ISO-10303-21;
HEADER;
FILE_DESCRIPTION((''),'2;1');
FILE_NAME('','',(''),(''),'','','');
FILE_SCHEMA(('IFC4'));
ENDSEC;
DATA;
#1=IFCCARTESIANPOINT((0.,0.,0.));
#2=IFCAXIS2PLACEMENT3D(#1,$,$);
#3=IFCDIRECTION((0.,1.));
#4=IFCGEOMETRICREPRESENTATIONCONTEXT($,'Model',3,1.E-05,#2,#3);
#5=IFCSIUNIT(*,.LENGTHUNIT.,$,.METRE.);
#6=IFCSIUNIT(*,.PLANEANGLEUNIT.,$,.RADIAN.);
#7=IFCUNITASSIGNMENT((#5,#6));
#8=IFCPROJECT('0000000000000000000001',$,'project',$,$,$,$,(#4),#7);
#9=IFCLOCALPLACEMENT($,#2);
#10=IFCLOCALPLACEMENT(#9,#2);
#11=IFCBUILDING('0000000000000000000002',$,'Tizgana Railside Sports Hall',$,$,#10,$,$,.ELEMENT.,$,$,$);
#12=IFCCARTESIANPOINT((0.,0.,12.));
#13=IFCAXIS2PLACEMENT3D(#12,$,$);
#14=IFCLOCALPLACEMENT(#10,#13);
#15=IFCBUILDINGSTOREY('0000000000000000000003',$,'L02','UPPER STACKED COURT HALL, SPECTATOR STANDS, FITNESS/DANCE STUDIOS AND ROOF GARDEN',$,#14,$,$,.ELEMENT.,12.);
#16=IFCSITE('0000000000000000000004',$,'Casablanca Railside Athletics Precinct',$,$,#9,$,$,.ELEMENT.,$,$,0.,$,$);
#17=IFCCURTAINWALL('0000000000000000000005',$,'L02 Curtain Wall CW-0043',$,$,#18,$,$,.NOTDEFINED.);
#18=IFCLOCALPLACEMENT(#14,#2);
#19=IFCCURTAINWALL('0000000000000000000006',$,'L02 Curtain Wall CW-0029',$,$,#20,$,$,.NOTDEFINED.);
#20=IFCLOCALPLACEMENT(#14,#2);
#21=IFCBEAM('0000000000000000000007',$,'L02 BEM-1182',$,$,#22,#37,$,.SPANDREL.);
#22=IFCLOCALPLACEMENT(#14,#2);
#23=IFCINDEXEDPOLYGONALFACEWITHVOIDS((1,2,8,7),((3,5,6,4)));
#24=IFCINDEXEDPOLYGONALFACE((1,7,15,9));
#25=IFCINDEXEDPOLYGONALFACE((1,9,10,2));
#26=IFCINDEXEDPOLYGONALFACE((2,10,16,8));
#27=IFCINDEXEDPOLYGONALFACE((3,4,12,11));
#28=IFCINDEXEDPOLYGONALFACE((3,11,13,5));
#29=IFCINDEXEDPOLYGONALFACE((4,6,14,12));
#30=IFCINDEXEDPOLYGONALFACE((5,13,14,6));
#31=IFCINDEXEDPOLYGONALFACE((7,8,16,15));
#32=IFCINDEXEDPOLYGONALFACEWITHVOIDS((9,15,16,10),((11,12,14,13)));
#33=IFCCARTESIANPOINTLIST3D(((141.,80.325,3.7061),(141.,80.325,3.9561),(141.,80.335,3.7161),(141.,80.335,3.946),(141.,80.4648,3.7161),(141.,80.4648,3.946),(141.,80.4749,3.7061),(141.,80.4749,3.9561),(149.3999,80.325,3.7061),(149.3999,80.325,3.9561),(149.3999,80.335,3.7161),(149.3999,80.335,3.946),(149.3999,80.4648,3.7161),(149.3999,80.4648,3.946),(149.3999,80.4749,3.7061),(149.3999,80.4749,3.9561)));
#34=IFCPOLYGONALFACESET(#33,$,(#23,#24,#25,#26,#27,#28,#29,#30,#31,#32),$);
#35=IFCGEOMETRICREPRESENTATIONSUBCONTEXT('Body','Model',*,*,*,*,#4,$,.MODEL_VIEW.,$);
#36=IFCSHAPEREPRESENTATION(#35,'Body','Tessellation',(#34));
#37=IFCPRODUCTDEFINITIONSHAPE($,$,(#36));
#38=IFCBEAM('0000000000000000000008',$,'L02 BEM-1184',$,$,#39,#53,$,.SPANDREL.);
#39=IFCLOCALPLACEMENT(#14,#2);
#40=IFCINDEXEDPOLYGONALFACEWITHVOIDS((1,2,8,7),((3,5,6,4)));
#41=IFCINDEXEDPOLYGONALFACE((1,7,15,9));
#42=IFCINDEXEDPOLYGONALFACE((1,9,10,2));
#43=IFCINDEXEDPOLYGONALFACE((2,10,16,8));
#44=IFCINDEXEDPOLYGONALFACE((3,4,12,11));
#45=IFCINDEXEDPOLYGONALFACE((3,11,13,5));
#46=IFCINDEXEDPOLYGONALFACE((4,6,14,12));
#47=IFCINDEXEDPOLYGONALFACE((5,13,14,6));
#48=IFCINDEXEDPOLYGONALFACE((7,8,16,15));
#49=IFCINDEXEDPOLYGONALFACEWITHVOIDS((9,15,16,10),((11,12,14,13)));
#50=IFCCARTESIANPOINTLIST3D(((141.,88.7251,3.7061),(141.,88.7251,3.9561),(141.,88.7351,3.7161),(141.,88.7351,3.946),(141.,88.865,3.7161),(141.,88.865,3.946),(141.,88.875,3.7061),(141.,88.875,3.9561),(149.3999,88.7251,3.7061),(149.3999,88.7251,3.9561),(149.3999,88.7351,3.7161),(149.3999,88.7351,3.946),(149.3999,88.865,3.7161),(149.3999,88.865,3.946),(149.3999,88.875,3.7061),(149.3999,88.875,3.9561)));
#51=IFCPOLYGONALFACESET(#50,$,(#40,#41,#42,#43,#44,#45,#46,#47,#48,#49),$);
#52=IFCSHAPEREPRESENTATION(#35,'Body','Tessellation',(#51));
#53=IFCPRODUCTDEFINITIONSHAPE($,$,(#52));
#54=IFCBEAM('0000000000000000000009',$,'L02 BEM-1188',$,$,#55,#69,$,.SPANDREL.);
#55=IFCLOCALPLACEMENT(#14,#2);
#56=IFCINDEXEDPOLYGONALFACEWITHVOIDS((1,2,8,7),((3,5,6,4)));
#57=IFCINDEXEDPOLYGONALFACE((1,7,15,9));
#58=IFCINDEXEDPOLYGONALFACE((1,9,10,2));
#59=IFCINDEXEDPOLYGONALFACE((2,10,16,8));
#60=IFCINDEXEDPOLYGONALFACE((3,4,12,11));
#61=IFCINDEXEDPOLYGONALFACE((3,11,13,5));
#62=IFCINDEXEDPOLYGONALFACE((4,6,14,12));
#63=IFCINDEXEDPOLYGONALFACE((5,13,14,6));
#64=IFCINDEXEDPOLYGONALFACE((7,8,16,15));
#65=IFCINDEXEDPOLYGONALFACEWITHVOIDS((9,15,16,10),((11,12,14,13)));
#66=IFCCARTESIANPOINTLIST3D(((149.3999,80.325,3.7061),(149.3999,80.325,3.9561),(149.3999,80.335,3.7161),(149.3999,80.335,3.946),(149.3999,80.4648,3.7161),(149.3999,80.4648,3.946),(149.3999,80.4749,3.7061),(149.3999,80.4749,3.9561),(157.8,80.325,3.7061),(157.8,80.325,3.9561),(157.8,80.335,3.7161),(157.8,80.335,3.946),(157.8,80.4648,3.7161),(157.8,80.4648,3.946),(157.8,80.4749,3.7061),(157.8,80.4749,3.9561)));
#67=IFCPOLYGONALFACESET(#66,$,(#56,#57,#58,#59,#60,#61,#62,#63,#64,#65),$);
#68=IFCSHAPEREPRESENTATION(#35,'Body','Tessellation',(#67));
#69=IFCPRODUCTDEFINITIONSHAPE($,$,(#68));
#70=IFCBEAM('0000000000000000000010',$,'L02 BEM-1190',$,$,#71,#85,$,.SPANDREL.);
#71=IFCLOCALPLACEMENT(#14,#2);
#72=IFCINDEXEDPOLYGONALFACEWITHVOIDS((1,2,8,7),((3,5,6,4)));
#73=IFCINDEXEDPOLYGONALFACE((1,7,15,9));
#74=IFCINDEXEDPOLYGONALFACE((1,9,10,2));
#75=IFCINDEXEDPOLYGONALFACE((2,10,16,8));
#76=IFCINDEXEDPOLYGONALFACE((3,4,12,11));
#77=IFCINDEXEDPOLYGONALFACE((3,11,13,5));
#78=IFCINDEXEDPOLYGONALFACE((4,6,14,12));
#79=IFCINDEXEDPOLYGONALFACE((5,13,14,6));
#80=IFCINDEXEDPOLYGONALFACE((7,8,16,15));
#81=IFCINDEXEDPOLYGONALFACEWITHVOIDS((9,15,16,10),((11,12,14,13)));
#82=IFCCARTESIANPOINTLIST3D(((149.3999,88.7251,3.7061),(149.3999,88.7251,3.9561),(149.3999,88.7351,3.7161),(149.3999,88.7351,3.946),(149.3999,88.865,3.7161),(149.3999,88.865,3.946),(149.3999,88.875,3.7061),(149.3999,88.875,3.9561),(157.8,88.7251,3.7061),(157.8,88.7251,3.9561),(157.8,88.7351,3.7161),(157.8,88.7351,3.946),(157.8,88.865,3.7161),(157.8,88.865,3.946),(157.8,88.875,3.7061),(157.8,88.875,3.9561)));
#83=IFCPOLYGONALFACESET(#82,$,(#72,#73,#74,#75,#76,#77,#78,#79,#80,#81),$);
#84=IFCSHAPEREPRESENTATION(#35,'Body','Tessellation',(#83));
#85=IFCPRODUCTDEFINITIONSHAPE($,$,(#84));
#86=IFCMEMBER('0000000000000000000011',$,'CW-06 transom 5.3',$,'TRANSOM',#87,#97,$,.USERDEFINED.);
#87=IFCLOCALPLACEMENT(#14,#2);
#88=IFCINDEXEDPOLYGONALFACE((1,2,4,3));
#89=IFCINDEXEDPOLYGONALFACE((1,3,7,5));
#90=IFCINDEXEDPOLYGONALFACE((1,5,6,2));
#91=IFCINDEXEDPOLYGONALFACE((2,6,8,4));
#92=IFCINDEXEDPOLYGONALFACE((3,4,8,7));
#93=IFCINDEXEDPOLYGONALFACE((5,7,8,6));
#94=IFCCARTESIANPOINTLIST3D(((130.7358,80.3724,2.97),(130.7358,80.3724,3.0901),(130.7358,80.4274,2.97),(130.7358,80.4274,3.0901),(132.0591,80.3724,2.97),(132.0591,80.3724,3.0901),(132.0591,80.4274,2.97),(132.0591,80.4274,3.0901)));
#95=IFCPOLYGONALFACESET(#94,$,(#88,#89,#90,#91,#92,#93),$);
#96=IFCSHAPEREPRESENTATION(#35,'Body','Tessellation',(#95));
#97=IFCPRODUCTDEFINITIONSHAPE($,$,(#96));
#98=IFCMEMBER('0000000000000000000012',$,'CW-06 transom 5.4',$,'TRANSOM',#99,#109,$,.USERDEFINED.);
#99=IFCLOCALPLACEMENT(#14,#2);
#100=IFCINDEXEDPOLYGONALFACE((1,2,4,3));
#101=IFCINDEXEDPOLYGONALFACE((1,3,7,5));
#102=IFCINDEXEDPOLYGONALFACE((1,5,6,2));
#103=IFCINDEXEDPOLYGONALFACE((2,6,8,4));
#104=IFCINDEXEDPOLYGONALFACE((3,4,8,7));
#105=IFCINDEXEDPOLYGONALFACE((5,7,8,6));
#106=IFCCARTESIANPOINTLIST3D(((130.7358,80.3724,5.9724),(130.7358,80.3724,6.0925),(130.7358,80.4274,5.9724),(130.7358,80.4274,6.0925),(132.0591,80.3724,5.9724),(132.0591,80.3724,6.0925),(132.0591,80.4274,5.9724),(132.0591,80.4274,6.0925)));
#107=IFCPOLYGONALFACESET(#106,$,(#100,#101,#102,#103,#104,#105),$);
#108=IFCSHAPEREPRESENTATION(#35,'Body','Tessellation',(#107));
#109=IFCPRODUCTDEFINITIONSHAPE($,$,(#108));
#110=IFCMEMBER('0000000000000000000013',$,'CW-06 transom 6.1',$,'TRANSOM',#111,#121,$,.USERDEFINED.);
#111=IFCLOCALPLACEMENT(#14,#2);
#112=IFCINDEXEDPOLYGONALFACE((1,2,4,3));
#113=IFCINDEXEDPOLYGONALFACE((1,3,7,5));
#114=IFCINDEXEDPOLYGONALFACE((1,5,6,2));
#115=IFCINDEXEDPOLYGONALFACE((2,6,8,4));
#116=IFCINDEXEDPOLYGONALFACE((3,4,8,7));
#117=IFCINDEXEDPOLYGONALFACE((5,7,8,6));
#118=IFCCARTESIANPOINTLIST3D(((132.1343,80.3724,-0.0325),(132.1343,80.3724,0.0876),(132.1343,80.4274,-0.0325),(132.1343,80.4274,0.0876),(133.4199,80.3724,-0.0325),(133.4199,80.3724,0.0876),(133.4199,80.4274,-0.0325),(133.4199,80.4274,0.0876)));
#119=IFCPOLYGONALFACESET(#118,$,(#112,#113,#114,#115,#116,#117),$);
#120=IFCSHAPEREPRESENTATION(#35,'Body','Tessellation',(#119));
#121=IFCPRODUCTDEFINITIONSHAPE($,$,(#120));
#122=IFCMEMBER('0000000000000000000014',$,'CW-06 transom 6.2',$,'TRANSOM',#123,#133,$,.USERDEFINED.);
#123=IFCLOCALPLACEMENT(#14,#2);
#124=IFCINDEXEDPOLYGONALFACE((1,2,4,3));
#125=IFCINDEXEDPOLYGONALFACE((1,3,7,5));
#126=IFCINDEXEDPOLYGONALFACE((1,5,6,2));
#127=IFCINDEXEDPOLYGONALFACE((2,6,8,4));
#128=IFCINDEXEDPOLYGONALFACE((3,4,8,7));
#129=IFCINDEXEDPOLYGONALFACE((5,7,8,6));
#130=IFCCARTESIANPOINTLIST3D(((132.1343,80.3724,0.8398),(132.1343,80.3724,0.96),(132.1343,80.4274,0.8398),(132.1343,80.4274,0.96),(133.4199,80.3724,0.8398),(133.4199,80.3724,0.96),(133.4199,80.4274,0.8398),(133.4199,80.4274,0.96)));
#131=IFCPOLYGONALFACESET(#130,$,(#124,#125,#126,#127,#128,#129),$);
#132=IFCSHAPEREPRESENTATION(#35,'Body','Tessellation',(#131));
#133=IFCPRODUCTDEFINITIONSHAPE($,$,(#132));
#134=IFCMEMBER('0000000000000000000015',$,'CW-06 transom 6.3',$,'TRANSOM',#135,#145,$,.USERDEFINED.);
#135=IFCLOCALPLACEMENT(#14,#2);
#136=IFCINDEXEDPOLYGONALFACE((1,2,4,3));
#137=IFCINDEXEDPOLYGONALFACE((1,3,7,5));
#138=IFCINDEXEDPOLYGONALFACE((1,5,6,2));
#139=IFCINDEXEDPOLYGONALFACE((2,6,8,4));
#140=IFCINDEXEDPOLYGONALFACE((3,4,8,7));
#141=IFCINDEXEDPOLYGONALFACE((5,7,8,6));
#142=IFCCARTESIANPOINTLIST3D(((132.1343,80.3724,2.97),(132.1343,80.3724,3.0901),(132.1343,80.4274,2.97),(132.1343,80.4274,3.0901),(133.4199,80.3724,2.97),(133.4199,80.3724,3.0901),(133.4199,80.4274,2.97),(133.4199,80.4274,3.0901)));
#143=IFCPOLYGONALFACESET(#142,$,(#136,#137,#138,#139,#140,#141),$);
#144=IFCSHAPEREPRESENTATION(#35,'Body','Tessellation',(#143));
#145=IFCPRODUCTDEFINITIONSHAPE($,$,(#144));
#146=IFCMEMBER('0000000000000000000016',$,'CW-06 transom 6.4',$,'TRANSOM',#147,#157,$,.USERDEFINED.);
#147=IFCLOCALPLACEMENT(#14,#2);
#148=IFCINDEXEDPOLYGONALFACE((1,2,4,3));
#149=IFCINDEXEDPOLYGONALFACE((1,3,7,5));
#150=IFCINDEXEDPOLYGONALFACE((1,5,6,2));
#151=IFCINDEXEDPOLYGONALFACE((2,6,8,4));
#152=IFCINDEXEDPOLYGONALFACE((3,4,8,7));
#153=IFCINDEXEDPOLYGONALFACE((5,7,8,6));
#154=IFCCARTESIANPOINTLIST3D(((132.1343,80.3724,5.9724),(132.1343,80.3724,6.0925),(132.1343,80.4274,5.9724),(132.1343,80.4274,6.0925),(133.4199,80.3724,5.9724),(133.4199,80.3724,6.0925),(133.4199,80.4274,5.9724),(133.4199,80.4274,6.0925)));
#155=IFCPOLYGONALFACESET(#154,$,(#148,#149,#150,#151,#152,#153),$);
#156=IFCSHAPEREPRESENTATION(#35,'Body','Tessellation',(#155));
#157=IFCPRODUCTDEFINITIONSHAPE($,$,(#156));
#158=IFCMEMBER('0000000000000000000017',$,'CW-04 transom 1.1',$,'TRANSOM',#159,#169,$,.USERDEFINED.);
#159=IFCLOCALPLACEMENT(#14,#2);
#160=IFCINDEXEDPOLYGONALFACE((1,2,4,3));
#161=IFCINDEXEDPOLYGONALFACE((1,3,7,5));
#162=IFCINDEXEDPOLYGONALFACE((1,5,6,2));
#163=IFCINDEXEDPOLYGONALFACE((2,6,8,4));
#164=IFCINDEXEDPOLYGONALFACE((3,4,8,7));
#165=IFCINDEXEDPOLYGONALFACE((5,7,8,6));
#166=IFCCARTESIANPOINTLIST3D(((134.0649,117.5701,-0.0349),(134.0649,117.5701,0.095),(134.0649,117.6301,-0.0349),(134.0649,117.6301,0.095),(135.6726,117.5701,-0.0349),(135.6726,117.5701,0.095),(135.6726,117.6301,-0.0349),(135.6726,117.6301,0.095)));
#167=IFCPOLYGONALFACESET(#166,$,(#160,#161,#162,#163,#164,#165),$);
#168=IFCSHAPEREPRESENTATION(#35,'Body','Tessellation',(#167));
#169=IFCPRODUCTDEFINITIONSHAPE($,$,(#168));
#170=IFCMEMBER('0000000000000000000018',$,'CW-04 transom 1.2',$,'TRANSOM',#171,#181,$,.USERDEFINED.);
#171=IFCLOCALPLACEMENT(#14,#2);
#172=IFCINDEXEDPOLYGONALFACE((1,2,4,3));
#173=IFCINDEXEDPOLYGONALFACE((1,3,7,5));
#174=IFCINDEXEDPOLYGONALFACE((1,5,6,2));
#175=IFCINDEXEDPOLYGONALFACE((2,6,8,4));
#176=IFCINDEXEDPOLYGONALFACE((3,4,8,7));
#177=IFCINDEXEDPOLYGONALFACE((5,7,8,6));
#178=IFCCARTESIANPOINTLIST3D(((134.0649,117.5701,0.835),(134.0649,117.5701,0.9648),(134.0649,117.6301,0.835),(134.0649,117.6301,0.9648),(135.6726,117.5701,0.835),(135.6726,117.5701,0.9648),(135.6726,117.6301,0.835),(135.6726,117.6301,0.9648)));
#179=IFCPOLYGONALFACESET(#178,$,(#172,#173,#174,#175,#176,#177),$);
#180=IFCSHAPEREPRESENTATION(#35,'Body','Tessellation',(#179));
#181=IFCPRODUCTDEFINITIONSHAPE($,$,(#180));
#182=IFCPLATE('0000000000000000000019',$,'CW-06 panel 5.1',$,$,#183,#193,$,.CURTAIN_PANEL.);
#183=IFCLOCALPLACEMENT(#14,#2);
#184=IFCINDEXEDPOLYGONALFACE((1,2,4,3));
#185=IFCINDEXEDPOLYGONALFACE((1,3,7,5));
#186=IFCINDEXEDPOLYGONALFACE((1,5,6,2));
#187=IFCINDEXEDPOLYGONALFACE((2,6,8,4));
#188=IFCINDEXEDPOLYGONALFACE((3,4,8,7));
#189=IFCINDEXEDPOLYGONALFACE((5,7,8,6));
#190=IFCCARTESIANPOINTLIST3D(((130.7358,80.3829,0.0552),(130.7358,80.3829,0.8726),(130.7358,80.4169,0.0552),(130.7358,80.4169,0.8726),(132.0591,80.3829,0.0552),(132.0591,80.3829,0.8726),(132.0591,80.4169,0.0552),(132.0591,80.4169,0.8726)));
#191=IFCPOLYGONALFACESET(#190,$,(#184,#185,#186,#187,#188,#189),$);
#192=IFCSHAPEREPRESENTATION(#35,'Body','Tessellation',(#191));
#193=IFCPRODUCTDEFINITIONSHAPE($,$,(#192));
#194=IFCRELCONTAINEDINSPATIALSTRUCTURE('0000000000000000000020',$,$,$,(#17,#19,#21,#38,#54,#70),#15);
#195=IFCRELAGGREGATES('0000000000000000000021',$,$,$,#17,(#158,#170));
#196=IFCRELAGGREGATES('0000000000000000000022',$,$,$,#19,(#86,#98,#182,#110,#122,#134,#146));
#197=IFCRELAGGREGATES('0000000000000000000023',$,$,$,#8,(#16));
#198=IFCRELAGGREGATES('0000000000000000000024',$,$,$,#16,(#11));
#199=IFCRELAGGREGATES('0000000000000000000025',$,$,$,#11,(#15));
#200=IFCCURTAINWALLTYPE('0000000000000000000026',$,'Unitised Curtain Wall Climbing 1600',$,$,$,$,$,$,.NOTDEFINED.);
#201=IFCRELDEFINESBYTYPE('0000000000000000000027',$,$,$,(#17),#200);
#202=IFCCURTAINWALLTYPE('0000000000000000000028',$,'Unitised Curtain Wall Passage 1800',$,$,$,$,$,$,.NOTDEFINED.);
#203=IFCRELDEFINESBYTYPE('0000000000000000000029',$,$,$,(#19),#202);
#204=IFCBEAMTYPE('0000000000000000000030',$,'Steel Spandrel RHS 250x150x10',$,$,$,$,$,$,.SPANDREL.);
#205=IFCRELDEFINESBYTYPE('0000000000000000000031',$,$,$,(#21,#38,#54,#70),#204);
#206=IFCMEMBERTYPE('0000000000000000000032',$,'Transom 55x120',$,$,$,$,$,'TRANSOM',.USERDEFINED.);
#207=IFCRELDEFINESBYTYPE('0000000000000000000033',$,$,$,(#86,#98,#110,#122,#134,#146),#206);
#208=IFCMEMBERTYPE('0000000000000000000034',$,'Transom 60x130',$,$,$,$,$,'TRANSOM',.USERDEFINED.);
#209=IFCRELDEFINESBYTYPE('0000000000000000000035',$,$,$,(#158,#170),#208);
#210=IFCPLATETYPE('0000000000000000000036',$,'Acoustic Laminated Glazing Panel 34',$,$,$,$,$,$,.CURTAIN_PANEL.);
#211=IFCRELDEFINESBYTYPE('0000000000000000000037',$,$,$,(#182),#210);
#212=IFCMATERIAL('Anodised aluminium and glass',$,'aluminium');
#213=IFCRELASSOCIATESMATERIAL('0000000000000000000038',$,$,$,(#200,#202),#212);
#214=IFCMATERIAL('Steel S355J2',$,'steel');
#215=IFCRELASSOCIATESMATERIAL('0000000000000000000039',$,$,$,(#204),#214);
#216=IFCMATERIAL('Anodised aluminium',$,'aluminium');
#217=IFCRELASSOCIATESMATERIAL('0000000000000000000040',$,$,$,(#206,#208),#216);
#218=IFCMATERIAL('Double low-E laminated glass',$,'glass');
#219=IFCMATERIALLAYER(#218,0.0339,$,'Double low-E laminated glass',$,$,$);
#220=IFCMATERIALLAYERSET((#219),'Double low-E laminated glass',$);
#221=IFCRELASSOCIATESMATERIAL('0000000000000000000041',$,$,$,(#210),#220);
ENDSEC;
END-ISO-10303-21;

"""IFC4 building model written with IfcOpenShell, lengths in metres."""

from ifc_helpers import new_model, si_unit, direction, frame, origin, origin_2d, place, context, subcontext, project, spatial, rectangle, hollow_rectangle, extrude, material, layer, layer_set, material_profile, profile_set, type_object, element, aggregate, save


model = new_model("IFC4")

# Units and contexts
model_context = context("Model", 3, precision=1e-05, world=origin(), true_north=direction((0.0, 1.0)))
body_context = subcontext(model_context, "Body", "Model", "MODEL_VIEW")
ifc_project = project(units=[si_unit("LENGTHUNIT", "METRE"), si_unit("PLANEANGLEUNIT", "RADIAN")], contexts=[model_context])

# Site, building, storey
site_placement = place(None, origin())
site = spatial("IfcSite", under=ifc_project, at=site_placement, Name="Casablanca Railside Athletics Precinct", CompositionType="ELEMENT", RefElevation=0.0)
building_placement = place(site_placement, origin())
building = spatial("IfcBuilding", under=site, at=building_placement, Name="Tizgana Railside Sports Hall", CompositionType="ELEMENT")
storey_placement = place(building_placement, frame((0.0, 0.0, 12.0)))
storey = spatial("IfcBuildingStorey", under=building, at=storey_placement, Name="L02", Description="UPPER STACKED COURT HALL, SPECTATOR STANDS, FITNESS/DANCE STUDIOS AND ROOF GARDEN", CompositionType="ELEMENT", Elevation=12.0)

# Shared definitions
ifc_material_1 = material(Name="Steel S355J2", Category="steel")

# Curtain wall
ifc_material_2 = material(Name="Anodised aluminium and glass", Category="aluminium")
curtain_wall_type_1 = type_object("IfcCurtainWallType", Name="Unitised Curtain Wall Climbing 1600", PredefinedType="NOTDEFINED", material=ifc_material_2)
curtain_wall_1_placement = place(storey_placement, origin())
curtain_wall_1 = element("IfcCurtainWall", 1, at=curtain_wall_1_placement, inside=storey, type_object=curtain_wall_type_1, Name="L02 Curtain Wall CW-0043", PredefinedType="NOTDEFINED")
ifc_material_3 = material(Name="Anodised aluminium", Category="aluminium")

# Curtain wall
curtain_wall_type_2 = type_object("IfcCurtainWallType", Name="Unitised Curtain Wall Passage 1800", PredefinedType="NOTDEFINED", material=ifc_material_2)
curtain_wall_2_placement = place(storey_placement, origin())
curtain_wall_2 = element("IfcCurtainWall", 2, at=curtain_wall_2_placement, inside=storey, type_object=curtain_wall_type_2, Name="L02 Curtain Wall CW-0029", PredefinedType="NOTDEFINED")

# Beams
ifc_material_profile_1 = material_profile(ifc_material_1, hollow_rectangle(XDim=0.1499, YDim=0.25, WallThickness=0.01, at=origin_2d()), Name="RHS 250x150x10")
ifc_profile_set_1 = profile_set([ifc_material_profile_1], Name="Steel S355J2")
beam_type_1 = type_object("IfcBeamType", Name="Steel Spandrel RHS 250x150x10", PredefinedType="SPANDREL", material=ifc_profile_set_1)
for number, where, z_axis, x_axis, name in (
    (3, (141.0, 80.3999, 3.8311), (1.0, 0.0, 0.0), (0.0, 1.0, 0.0), "L02 BEM-1182"),
    (4, (141.0, 88.8, 3.8311), (1.0, 0.0, 0.0), (0.0, 1.0, 0.0), "L02 BEM-1184"),
):
    element("IfcBeam", number, at=place(storey_placement, frame(where, z_axis=z_axis, x_axis=x_axis)), inside=storey, type_object=beam_type_1, Name=name, PredefinedType="SPANDREL", context=body_context, shape_type="SweptSolid", body=[
        extrude(hollow_rectangle(XDim=0.1499, YDim=0.25, WallThickness=0.01, at=origin_2d()), origin(), (0.0, 0.0, 1.0), 8.3999),
    ])
for number, where, z_axis, x_axis, name in (
    (5, (149.3999, 80.3999, 3.8311), (1.0, 0.0, 0.0), (0.0, 1.0, 0.0), "L02 BEM-1188"),
    (6, (149.3999, 88.8, 3.8311), (1.0, 0.0, 0.0), (0.0, 1.0, 0.0), "L02 BEM-1190"),
):
    element("IfcBeam", number, at=place(storey_placement, frame(where, z_axis=z_axis, x_axis=x_axis)), inside=storey, type_object=beam_type_1, Name=name, PredefinedType="SPANDREL", context=body_context, shape_type="SweptSolid", body=[
        extrude(hollow_rectangle(XDim=0.1499, YDim=0.25, WallThickness=0.01, at=origin_2d()), origin(), (0.0, 0.0, 1.0), 8.4001),
    ])

# Members
ifc_material_profile_2 = material_profile(ifc_material_3, rectangle(XDim=0.0549, YDim=0.1201, at=origin_2d()), Name="Transom 55x120")
ifc_profile_set_2 = profile_set([ifc_material_profile_2], Name="Anodised aluminium")
member_type_1 = type_object("IfcMemberType", Name="Transom 55x120", ElementType="TRANSOM", PredefinedType="USERDEFINED", material=ifc_profile_set_2)
member_1_placement = place(storey_placement, frame((130.7358, 80.3999, 3.03), z_axis=(1.0, 0.0, 0.0), x_axis=(0.0, 1.0, 0.0)))
member_1 = element("IfcMember", 7, at=member_1_placement, type_object=member_type_1, Name="CW-06 transom 5.3", ObjectType="TRANSOM", PredefinedType="USERDEFINED", context=body_context, shape_type="SweptSolid", body=[
    extrude(rectangle(XDim=0.0549, YDim=0.1201, at=origin_2d()), origin(), (0.0, 0.0, 1.0), 1.3232),
])
member_2_placement = place(storey_placement, frame((130.7358, 80.3999, 6.0325), z_axis=(1.0, 0.0, 0.0), x_axis=(0.0, 1.0, 0.0)))
member_2 = element("IfcMember", 8, at=member_2_placement, type_object=member_type_1, Name="CW-06 transom 5.4", ObjectType="TRANSOM", PredefinedType="USERDEFINED", context=body_context, shape_type="SweptSolid", body=[
    extrude(rectangle(XDim=0.0549, YDim=0.1201, at=origin_2d()), origin(), (0.0, 0.0, 1.0), 1.3232),
])
member_3_placement = place(storey_placement, frame((132.1343, 80.3999, 0.0276), z_axis=(1.0, 0.0, 0.0), x_axis=(0.0, 1.0, 0.0)))
member_3 = element("IfcMember", 9, at=member_3_placement, type_object=member_type_1, Name="CW-06 transom 6.1", ObjectType="TRANSOM", PredefinedType="USERDEFINED", context=body_context, shape_type="SweptSolid", body=[
    extrude(rectangle(XDim=0.0549, YDim=0.1201, at=origin_2d()), origin(), (0.0, 0.0, 1.0), 1.2856),
])
member_4_placement = place(storey_placement, frame((132.1343, 80.3999, 0.8999), z_axis=(1.0, 0.0, 0.0), x_axis=(0.0, 1.0, 0.0)))
member_4 = element("IfcMember", 10, at=member_4_placement, type_object=member_type_1, Name="CW-06 transom 6.2", ObjectType="TRANSOM", PredefinedType="USERDEFINED", context=body_context, shape_type="SweptSolid", body=[
    extrude(rectangle(XDim=0.0549, YDim=0.1201, at=origin_2d()), origin(), (0.0, 0.0, 1.0), 1.2856),
])
member_5_placement = place(storey_placement, frame((132.1343, 80.3999, 3.03), z_axis=(1.0, 0.0, 0.0), x_axis=(0.0, 1.0, 0.0)))
member_5 = element("IfcMember", 11, at=member_5_placement, type_object=member_type_1, Name="CW-06 transom 6.3", ObjectType="TRANSOM", PredefinedType="USERDEFINED", context=body_context, shape_type="SweptSolid", body=[
    extrude(rectangle(XDim=0.0549, YDim=0.1201, at=origin_2d()), origin(), (0.0, 0.0, 1.0), 1.2856),
])
member_6_placement = place(storey_placement, frame((132.1343, 80.3999, 6.0325), z_axis=(1.0, 0.0, 0.0), x_axis=(0.0, 1.0, 0.0)))
member_6 = element("IfcMember", 12, at=member_6_placement, type_object=member_type_1, Name="CW-06 transom 6.4", ObjectType="TRANSOM", PredefinedType="USERDEFINED", context=body_context, shape_type="SweptSolid", body=[
    extrude(rectangle(XDim=0.0549, YDim=0.1201, at=origin_2d()), origin(), (0.0, 0.0, 1.0), 1.2856),
])
ifc_material_profile_3 = material_profile(ifc_material_3, rectangle(XDim=0.0601, YDim=0.1299, at=origin_2d()), Name="Transom 60x130")
ifc_profile_set_3 = profile_set([ifc_material_profile_3], Name="Anodised aluminium")
member_type_2 = type_object("IfcMemberType", Name="Transom 60x130", ElementType="TRANSOM", PredefinedType="USERDEFINED", material=ifc_profile_set_3)
member_7_placement = place(storey_placement, frame((134.0649, 117.6001, 0.03), z_axis=(1.0, 0.0, 0.0), x_axis=(0.0, 1.0, 0.0)))
member_7 = element("IfcMember", 13, at=member_7_placement, type_object=member_type_2, Name="CW-04 transom 1.1", ObjectType="TRANSOM", PredefinedType="USERDEFINED", context=body_context, shape_type="SweptSolid", body=[
    extrude(rectangle(XDim=0.0601, YDim=0.1299, at=origin_2d()), origin(), (0.0, 0.0, 1.0), 1.6077),
])
member_8_placement = place(storey_placement, frame((134.0649, 117.6001, 0.8999), z_axis=(1.0, 0.0, 0.0), x_axis=(0.0, 1.0, 0.0)))
member_8 = element("IfcMember", 14, at=member_8_placement, type_object=member_type_2, Name="CW-04 transom 1.2", ObjectType="TRANSOM", PredefinedType="USERDEFINED", context=body_context, shape_type="SweptSolid", body=[
    extrude(rectangle(XDim=0.0601, YDim=0.1299, at=origin_2d()), origin(), (0.0, 0.0, 1.0), 1.6077),
])
aggregate(curtain_wall_1, [member_7, member_8])

# Plate
ifc_material_4 = material(Name="Double low-E laminated glass", Category="glass")
ifc_layer_1 = layer(ifc_material_4, 0.0339, Name="Double low-E laminated glass")
ifc_layer_set_1 = layer_set([ifc_layer_1], Name="Double low-E laminated glass")
plate_type = type_object("IfcPlateType", Name="Acoustic Laminated Glazing Panel 34", PredefinedType="CURTAIN_PANEL", material=ifc_layer_set_1)
plate_1_placement = place(storey_placement, frame((131.3975, 80.3999, 0.0552), z_axis=(0.0, 0.0, 1.0), x_axis=(1.0, 0.0, 0.0)))
plate_1 = element("IfcPlate", 15, at=plate_1_placement, type_object=plate_type, Name="CW-06 panel 5.1", PredefinedType="CURTAIN_PANEL", context=body_context, shape_type="SweptSolid", body=[
    extrude(rectangle(XDim=1.3232, YDim=0.0339, at=origin_2d()), origin(), (0.0, 0.0, 1.0), 0.8174),
])
aggregate(curtain_wall_2, [member_1, member_2, plate_1, member_3, member_4, member_5, member_6])

save(model, "model.ifc")
